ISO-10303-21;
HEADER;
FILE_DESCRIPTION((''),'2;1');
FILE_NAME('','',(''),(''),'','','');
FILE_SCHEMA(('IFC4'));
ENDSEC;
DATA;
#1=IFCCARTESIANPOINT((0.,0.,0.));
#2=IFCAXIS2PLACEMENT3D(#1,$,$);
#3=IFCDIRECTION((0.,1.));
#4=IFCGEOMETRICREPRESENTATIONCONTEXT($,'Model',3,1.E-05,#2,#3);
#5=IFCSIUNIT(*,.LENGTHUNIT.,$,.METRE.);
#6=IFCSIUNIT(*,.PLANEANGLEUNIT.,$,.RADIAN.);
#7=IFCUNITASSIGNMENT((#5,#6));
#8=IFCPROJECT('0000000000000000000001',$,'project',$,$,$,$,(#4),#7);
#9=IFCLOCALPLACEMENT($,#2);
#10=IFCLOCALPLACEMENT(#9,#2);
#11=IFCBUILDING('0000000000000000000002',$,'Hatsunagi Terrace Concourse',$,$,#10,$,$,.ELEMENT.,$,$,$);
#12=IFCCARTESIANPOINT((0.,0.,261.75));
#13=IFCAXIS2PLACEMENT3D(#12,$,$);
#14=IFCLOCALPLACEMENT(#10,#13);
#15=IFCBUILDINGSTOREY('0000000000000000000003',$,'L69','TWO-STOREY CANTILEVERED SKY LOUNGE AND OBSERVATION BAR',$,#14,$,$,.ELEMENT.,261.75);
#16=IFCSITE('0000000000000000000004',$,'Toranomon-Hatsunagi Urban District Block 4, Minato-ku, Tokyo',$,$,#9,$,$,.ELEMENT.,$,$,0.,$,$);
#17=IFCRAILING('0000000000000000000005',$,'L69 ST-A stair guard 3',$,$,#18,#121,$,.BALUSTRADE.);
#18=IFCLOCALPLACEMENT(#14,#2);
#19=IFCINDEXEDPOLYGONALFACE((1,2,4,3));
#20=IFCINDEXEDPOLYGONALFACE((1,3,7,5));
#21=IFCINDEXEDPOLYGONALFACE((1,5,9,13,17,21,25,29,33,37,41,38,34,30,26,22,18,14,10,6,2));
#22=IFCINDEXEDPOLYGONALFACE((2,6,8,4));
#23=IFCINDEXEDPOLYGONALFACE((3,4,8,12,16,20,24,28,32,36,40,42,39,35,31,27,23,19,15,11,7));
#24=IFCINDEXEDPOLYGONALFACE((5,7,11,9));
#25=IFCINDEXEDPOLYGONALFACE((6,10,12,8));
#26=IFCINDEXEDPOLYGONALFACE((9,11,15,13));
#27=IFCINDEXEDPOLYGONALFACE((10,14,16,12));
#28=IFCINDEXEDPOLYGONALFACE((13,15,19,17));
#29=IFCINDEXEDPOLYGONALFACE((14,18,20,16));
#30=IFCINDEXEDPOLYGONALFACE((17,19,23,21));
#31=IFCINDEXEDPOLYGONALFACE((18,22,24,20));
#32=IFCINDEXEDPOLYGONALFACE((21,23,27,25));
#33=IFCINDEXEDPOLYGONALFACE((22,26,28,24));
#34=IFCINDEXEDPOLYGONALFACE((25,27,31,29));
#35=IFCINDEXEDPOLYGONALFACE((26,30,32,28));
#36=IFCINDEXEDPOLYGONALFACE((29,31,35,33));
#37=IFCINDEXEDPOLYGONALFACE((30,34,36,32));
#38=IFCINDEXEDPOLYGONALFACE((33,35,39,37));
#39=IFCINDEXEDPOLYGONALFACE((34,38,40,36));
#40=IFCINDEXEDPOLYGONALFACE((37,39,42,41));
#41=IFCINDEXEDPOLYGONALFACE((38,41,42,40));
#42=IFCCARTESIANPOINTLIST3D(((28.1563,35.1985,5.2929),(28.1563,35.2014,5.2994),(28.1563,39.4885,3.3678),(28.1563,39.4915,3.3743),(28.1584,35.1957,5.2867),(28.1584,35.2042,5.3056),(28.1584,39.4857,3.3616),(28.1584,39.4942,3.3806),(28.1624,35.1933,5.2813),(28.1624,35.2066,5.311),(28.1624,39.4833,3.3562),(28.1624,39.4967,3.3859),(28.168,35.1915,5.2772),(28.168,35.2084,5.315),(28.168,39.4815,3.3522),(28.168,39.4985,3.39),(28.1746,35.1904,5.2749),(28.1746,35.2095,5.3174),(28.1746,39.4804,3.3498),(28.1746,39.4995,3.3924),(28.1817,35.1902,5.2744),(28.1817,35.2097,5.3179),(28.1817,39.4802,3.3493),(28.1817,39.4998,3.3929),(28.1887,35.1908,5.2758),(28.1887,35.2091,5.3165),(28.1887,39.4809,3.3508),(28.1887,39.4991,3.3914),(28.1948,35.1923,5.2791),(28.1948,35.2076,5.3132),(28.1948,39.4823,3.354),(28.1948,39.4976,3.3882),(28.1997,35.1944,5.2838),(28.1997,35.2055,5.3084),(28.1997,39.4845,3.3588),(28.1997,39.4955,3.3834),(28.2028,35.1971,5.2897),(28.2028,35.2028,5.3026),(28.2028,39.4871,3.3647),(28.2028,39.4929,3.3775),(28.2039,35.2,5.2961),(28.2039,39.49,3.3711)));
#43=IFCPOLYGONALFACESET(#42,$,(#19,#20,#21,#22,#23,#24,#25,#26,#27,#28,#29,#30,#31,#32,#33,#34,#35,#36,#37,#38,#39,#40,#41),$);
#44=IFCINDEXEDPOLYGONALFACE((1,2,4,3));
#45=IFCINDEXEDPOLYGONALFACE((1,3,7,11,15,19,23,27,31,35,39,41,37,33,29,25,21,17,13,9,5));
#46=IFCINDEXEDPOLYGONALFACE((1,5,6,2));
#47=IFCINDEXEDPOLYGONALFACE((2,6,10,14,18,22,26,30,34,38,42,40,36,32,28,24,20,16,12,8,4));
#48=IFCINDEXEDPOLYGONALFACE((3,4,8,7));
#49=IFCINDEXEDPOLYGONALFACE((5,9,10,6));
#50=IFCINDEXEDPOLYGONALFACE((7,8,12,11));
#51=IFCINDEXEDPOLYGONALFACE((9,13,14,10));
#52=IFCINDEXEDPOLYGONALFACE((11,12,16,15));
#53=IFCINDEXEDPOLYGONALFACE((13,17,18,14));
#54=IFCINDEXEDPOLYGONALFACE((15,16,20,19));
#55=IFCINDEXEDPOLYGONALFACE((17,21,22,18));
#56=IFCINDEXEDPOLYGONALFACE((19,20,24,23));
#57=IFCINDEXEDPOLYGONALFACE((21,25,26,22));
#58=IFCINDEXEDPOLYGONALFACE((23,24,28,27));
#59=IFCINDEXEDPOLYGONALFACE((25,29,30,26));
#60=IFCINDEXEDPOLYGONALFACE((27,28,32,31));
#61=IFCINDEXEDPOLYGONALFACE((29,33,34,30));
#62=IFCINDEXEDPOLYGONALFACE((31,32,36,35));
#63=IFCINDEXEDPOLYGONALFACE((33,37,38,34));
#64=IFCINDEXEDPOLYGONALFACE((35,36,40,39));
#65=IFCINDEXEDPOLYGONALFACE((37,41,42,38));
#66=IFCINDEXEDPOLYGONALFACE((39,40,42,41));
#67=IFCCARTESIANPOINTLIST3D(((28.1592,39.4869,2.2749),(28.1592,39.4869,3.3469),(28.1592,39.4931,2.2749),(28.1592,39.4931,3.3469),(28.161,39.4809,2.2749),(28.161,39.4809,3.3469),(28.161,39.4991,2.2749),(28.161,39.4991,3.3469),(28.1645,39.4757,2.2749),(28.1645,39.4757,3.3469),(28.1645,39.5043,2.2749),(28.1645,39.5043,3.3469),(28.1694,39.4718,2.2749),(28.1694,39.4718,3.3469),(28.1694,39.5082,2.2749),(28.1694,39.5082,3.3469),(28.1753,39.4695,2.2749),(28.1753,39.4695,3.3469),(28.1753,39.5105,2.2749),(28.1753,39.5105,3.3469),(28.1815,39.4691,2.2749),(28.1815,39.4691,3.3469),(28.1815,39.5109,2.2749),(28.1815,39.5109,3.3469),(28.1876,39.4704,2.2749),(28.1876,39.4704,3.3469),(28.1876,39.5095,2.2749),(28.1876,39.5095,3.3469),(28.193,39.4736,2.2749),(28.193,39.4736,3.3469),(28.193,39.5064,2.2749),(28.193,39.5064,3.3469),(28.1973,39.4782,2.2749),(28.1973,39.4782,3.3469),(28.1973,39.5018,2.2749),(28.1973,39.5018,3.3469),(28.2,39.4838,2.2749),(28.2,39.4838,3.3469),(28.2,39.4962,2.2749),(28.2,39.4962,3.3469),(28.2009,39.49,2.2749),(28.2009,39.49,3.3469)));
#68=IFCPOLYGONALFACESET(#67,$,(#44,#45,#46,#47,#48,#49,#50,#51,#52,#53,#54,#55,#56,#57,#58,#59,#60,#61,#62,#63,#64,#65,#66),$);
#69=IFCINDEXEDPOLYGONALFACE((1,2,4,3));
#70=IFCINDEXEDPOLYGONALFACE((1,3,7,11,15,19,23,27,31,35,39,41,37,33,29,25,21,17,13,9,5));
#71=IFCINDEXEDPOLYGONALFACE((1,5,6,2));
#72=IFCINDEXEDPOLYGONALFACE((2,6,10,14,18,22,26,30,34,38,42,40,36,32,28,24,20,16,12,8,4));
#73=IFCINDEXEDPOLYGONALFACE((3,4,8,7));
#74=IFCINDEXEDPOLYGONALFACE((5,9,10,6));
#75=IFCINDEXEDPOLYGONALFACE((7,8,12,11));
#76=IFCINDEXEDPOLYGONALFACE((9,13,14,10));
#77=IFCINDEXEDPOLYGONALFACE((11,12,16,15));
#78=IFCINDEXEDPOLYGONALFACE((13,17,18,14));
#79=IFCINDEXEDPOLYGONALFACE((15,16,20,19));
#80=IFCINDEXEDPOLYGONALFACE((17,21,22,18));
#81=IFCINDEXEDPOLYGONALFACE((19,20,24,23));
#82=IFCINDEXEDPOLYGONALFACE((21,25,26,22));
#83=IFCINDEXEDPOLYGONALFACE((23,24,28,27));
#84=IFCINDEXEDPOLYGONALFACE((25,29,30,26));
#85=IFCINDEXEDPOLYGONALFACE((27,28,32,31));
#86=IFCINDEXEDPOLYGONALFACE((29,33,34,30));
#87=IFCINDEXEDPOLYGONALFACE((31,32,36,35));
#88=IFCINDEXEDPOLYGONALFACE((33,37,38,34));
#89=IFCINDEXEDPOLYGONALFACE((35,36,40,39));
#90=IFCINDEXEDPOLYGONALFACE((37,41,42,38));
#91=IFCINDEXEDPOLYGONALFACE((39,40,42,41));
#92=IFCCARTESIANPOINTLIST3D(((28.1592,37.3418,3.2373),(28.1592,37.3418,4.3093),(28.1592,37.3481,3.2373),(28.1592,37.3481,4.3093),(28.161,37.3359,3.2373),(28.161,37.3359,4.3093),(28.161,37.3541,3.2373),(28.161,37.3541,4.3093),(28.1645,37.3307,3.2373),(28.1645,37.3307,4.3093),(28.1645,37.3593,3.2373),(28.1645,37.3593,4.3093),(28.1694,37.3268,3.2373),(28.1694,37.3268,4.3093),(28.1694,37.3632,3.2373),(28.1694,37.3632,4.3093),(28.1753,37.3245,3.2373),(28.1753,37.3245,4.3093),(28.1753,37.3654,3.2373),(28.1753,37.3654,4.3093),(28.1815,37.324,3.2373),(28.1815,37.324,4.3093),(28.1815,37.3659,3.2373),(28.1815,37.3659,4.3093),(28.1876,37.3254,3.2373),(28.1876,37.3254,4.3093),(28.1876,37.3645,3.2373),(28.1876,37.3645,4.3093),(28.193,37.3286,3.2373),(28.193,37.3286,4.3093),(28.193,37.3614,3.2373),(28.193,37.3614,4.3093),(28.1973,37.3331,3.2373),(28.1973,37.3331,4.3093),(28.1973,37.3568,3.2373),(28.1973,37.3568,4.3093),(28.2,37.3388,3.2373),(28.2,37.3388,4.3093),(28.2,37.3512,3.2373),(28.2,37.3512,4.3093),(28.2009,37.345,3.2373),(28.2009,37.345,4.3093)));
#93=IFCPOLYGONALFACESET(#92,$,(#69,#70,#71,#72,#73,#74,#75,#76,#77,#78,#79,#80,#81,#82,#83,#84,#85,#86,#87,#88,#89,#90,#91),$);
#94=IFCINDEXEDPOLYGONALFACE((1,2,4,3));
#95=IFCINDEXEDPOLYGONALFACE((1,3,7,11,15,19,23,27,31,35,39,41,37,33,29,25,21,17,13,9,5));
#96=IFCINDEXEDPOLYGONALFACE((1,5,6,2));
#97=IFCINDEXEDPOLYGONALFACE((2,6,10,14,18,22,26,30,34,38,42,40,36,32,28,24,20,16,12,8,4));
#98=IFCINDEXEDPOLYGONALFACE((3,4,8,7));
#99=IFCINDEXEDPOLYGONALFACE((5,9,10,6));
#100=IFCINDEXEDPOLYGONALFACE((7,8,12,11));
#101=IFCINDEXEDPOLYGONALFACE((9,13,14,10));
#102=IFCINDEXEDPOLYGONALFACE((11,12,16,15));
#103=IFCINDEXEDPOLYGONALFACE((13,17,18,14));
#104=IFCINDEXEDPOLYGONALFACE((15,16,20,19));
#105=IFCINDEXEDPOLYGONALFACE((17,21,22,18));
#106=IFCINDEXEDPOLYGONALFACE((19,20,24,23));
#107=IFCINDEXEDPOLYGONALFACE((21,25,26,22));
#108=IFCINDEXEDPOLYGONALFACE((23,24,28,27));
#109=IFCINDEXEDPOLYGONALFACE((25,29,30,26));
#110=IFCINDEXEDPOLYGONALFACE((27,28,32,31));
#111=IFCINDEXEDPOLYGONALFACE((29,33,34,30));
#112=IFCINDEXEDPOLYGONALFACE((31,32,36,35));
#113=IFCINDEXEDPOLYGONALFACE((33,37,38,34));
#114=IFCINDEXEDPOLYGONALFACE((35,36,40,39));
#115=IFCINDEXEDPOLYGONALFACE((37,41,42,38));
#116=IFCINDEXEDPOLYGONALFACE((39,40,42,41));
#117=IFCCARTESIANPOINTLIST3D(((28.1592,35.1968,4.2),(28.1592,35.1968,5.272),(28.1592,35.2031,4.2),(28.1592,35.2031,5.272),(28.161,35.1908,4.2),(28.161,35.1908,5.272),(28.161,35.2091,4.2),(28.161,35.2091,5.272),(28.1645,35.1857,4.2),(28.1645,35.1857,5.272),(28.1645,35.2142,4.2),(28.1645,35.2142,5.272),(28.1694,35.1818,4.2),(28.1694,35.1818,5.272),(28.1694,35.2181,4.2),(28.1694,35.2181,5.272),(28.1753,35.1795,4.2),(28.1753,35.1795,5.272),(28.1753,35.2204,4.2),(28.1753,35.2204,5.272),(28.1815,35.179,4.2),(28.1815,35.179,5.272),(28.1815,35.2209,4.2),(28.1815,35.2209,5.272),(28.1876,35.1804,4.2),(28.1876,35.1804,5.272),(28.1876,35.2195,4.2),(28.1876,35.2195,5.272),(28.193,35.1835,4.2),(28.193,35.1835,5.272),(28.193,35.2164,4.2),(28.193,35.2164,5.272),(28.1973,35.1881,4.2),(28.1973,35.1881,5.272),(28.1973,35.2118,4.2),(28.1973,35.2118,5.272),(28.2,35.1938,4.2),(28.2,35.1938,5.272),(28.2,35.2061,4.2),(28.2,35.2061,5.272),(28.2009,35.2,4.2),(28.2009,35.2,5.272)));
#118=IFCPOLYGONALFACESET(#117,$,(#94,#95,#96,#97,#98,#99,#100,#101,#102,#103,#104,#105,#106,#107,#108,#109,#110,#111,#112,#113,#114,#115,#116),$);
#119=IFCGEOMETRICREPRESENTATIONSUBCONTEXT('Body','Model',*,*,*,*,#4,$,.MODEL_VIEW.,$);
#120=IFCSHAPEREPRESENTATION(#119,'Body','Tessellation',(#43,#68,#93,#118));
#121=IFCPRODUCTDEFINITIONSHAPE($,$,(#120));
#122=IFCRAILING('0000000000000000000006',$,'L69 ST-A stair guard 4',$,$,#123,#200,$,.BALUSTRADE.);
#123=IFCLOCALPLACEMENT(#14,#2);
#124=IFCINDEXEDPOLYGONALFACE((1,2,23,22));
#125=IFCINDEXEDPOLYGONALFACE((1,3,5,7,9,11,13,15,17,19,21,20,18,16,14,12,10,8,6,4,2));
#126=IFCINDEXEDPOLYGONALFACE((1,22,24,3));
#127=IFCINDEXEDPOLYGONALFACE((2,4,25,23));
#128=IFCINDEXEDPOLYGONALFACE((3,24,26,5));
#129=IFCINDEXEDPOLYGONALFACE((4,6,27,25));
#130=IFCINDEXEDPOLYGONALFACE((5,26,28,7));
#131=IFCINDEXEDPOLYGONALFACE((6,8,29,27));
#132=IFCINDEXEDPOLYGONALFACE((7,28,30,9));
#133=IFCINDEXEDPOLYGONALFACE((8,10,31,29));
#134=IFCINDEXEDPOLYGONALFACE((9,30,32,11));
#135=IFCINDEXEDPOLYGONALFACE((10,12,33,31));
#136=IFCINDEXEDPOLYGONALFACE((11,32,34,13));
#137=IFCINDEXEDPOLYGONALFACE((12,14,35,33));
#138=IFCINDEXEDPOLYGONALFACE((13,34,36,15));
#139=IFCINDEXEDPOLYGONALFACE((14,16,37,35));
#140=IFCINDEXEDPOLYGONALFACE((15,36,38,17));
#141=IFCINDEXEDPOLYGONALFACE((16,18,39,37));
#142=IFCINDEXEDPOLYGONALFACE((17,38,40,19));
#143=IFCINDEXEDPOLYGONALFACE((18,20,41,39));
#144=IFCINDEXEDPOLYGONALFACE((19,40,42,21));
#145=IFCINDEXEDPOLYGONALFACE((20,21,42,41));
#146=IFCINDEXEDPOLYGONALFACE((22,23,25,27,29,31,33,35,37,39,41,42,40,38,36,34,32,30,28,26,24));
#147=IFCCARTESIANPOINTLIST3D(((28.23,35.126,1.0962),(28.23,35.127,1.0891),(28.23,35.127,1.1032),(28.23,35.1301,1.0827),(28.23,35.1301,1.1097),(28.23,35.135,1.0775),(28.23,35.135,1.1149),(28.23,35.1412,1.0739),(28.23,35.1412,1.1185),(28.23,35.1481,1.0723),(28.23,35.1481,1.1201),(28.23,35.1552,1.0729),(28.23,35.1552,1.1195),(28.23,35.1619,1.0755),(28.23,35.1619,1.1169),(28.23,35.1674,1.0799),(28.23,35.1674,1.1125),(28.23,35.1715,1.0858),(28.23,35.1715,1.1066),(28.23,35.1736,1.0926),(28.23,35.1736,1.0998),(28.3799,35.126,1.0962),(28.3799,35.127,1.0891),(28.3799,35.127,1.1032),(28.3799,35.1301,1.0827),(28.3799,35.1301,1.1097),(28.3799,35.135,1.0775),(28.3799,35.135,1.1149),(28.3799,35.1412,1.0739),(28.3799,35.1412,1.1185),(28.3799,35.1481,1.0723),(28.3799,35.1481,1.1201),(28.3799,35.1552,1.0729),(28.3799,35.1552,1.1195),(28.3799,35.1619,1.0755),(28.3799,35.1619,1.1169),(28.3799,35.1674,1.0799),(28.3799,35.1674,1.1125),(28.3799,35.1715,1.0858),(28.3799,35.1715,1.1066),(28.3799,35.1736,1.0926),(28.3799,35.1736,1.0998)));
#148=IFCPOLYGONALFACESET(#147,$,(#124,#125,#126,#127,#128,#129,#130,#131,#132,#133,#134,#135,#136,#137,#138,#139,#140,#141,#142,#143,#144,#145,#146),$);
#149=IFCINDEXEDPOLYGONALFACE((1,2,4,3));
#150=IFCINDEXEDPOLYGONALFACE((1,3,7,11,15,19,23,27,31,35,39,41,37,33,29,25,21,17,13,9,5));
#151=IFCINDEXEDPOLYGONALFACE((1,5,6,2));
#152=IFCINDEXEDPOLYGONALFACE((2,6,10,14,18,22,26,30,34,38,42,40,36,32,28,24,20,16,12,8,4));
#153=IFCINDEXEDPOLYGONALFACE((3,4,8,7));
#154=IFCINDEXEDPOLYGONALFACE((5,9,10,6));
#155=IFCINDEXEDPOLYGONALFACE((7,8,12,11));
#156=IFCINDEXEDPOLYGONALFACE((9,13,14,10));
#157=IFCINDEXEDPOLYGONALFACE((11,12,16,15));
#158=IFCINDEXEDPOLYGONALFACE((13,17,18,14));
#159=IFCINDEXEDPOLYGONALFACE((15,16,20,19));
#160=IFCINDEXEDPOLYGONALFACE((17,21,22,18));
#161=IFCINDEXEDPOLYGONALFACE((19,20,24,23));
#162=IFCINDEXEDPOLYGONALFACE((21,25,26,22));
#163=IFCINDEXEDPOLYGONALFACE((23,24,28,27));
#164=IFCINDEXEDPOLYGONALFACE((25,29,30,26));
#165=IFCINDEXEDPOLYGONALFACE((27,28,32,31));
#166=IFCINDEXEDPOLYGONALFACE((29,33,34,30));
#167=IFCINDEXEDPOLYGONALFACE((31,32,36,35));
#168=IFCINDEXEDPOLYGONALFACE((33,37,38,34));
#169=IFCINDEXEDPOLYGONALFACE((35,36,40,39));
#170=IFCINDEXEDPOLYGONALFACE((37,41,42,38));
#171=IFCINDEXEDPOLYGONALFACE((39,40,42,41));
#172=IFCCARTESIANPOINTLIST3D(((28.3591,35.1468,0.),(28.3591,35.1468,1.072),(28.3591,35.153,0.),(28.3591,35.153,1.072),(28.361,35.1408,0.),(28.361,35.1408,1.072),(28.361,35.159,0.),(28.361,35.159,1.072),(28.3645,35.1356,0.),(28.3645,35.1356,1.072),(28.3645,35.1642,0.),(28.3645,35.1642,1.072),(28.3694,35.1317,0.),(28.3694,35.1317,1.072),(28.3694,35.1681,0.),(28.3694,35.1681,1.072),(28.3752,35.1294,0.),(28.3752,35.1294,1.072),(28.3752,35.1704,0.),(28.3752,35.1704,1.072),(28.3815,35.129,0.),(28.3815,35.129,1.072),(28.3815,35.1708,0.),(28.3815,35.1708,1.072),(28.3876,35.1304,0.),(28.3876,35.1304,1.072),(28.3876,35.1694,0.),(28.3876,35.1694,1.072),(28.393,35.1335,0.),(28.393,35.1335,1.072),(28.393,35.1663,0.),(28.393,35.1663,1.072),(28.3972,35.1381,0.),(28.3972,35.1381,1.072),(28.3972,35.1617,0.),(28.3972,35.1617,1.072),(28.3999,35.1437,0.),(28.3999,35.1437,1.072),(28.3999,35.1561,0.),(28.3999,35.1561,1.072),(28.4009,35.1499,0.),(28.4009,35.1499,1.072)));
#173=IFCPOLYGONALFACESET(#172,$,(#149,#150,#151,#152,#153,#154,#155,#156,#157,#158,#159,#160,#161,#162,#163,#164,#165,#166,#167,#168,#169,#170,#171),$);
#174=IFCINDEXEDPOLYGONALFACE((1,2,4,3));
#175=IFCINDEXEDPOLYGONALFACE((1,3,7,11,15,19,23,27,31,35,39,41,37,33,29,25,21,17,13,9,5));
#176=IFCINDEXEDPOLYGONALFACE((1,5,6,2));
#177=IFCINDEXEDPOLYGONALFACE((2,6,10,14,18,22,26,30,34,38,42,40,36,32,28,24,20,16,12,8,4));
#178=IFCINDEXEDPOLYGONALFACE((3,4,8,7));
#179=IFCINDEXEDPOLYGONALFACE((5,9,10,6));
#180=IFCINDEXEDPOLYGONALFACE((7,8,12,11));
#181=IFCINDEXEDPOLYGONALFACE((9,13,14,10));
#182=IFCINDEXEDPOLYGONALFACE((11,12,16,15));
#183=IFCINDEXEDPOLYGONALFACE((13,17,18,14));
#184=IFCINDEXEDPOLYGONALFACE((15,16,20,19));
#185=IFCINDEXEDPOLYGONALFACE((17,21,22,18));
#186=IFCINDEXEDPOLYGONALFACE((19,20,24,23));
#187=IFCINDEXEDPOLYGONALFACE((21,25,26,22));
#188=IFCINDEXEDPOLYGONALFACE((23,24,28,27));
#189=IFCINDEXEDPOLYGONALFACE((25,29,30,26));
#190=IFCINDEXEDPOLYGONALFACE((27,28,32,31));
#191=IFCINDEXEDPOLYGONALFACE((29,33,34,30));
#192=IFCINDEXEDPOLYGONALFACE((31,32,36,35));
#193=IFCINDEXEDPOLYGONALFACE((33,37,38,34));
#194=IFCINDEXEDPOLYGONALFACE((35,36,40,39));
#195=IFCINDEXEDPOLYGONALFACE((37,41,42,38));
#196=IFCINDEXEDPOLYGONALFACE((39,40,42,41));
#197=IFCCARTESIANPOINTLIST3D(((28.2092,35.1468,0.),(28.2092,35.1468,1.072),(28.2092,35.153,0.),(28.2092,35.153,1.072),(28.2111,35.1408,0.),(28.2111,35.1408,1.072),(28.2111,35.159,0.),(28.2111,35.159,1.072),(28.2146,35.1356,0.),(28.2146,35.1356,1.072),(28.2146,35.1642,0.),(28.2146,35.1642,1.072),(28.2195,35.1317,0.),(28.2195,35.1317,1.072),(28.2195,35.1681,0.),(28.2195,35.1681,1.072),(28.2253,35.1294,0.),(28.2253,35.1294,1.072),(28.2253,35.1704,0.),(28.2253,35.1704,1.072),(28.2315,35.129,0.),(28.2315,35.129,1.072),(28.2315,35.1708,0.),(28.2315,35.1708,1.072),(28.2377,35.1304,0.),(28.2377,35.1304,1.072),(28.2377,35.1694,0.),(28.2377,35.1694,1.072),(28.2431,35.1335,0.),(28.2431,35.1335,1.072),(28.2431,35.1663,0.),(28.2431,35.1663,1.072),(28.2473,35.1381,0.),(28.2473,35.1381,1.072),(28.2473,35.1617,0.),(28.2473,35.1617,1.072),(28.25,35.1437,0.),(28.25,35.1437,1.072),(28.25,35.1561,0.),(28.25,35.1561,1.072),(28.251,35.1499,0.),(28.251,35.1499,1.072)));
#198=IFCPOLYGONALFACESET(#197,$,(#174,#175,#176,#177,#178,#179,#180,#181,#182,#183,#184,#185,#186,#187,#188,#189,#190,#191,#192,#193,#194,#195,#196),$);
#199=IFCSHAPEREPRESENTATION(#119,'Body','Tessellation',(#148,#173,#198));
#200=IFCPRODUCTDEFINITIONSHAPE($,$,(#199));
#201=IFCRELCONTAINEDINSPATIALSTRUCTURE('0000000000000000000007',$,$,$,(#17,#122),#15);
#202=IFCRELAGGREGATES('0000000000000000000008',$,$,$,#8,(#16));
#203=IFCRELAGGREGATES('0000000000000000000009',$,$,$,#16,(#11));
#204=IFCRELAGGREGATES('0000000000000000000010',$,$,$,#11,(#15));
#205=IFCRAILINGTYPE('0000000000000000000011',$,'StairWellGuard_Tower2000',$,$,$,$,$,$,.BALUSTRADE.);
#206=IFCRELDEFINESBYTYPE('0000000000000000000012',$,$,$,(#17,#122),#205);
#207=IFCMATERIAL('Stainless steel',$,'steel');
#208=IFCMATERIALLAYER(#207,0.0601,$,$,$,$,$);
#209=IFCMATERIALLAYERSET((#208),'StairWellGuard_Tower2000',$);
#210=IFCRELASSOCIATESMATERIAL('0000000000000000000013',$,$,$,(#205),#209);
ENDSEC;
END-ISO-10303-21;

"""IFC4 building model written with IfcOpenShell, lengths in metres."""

from ifc_helpers import new_model, si_unit, direction, frame, origin, origin_2d, place, context, subcontext, project, spatial, circle, extrude, material, layer, layer_set, type_object, element, save


model = new_model("IFC4")

# Units and contexts
model_context = context("Model", 3, precision=1e-05, world=origin(), true_north=direction((0.0, 1.0)))
body_context = subcontext(model_context, "Body", "Model", "MODEL_VIEW")
ifc_project = project(units=[si_unit("LENGTHUNIT", "METRE"), si_unit("PLANEANGLEUNIT", "RADIAN")], contexts=[model_context])

# Site, building, storey
site_placement = place(None, origin())
site = spatial("IfcSite", under=ifc_project, at=site_placement, Name="Toranomon-Hatsunagi Urban District Block 4, Minato-ku, Tokyo", CompositionType="ELEMENT", RefElevation=0.0)
building_placement = place(site_placement, origin())
building = spatial("IfcBuilding", under=site, at=building_placement, Name="Hatsunagi Terrace Concourse", CompositionType="ELEMENT")
storey_placement = place(building_placement, frame((0.0, 0.0, 261.75)))
storey = spatial("IfcBuildingStorey", under=building, at=storey_placement, Name="L69", Description="TWO-STOREY CANTILEVERED SKY LOUNGE AND OBSERVATION BAR", CompositionType="ELEMENT", Elevation=261.75)

# Railings
ifc_material_1 = material(Name="Stainless steel", Category="steel")
ifc_layer_1 = layer(ifc_material_1, 0.0601)
ifc_layer_set_1 = layer_set([ifc_layer_1], Name="StairWellGuard_Tower2000")
railing_type_1 = type_object("IfcRailingType", Name="StairWellGuard_Tower2000", PredefinedType="BALUSTRADE", material=ifc_layer_set_1)
railing_1_placement = place(storey_placement, frame((28.1799, 39.49, 2.2749)))
element("IfcRailing", 1, at=railing_1_placement, inside=storey, type_object=railing_type_1, Name="L69 ST-A stair guard 3", PredefinedType="BALUSTRADE", context=body_context, shape_type="SweptSolid", body=[
    extrude(circle(Radius=0.0239, at=origin_2d()), frame((0.0, 0.0, 1.0962), z_axis=(0.0, -0.912356, 0.409397), x_axis=(1.0, 0.0, 0.0)), (0.0, 0.0, 1.0), 4.7021),
    extrude(circle(Radius=0.021, at=origin_2d()), origin(), (0.0, 0.0, 1.0), 1.072),
    extrude(circle(Radius=0.021, at=origin_2d()), frame((0.0, -2.145, 0.9624)), (0.0, 0.0, 1.0), 1.072),
    extrude(circle(Radius=0.021, at=origin_2d()), frame((0.0, -4.29, 1.925)), (0.0, 0.0, 1.0), 1.072),
])
railing_2_placement = place(storey_placement, frame((28.3799, 35.1499, 0.0)))
element("IfcRailing", 2, at=railing_2_placement, inside=storey, type_object=railing_type_1, Name="L69 ST-A stair guard 4", PredefinedType="BALUSTRADE", context=body_context, shape_type="SweptSolid", body=[
    extrude(circle(Radius=0.0239, at=origin_2d()), frame((0.0, 0.0, 1.0962), z_axis=(-1.0, 0.0, 0.0), x_axis=(0.0, -1.0, 0.0)), (0.0, 0.0, 1.0), 0.1499),
    extrude(circle(Radius=0.021, at=origin_2d()), origin(), (0.0, 0.0, 1.0), 1.072),
    extrude(circle(Radius=0.021, at=origin_2d()), frame((-0.1499, 0.0, 0.0)), (0.0, 0.0, 1.0), 1.072),
])

save(model, "model.ifc")
